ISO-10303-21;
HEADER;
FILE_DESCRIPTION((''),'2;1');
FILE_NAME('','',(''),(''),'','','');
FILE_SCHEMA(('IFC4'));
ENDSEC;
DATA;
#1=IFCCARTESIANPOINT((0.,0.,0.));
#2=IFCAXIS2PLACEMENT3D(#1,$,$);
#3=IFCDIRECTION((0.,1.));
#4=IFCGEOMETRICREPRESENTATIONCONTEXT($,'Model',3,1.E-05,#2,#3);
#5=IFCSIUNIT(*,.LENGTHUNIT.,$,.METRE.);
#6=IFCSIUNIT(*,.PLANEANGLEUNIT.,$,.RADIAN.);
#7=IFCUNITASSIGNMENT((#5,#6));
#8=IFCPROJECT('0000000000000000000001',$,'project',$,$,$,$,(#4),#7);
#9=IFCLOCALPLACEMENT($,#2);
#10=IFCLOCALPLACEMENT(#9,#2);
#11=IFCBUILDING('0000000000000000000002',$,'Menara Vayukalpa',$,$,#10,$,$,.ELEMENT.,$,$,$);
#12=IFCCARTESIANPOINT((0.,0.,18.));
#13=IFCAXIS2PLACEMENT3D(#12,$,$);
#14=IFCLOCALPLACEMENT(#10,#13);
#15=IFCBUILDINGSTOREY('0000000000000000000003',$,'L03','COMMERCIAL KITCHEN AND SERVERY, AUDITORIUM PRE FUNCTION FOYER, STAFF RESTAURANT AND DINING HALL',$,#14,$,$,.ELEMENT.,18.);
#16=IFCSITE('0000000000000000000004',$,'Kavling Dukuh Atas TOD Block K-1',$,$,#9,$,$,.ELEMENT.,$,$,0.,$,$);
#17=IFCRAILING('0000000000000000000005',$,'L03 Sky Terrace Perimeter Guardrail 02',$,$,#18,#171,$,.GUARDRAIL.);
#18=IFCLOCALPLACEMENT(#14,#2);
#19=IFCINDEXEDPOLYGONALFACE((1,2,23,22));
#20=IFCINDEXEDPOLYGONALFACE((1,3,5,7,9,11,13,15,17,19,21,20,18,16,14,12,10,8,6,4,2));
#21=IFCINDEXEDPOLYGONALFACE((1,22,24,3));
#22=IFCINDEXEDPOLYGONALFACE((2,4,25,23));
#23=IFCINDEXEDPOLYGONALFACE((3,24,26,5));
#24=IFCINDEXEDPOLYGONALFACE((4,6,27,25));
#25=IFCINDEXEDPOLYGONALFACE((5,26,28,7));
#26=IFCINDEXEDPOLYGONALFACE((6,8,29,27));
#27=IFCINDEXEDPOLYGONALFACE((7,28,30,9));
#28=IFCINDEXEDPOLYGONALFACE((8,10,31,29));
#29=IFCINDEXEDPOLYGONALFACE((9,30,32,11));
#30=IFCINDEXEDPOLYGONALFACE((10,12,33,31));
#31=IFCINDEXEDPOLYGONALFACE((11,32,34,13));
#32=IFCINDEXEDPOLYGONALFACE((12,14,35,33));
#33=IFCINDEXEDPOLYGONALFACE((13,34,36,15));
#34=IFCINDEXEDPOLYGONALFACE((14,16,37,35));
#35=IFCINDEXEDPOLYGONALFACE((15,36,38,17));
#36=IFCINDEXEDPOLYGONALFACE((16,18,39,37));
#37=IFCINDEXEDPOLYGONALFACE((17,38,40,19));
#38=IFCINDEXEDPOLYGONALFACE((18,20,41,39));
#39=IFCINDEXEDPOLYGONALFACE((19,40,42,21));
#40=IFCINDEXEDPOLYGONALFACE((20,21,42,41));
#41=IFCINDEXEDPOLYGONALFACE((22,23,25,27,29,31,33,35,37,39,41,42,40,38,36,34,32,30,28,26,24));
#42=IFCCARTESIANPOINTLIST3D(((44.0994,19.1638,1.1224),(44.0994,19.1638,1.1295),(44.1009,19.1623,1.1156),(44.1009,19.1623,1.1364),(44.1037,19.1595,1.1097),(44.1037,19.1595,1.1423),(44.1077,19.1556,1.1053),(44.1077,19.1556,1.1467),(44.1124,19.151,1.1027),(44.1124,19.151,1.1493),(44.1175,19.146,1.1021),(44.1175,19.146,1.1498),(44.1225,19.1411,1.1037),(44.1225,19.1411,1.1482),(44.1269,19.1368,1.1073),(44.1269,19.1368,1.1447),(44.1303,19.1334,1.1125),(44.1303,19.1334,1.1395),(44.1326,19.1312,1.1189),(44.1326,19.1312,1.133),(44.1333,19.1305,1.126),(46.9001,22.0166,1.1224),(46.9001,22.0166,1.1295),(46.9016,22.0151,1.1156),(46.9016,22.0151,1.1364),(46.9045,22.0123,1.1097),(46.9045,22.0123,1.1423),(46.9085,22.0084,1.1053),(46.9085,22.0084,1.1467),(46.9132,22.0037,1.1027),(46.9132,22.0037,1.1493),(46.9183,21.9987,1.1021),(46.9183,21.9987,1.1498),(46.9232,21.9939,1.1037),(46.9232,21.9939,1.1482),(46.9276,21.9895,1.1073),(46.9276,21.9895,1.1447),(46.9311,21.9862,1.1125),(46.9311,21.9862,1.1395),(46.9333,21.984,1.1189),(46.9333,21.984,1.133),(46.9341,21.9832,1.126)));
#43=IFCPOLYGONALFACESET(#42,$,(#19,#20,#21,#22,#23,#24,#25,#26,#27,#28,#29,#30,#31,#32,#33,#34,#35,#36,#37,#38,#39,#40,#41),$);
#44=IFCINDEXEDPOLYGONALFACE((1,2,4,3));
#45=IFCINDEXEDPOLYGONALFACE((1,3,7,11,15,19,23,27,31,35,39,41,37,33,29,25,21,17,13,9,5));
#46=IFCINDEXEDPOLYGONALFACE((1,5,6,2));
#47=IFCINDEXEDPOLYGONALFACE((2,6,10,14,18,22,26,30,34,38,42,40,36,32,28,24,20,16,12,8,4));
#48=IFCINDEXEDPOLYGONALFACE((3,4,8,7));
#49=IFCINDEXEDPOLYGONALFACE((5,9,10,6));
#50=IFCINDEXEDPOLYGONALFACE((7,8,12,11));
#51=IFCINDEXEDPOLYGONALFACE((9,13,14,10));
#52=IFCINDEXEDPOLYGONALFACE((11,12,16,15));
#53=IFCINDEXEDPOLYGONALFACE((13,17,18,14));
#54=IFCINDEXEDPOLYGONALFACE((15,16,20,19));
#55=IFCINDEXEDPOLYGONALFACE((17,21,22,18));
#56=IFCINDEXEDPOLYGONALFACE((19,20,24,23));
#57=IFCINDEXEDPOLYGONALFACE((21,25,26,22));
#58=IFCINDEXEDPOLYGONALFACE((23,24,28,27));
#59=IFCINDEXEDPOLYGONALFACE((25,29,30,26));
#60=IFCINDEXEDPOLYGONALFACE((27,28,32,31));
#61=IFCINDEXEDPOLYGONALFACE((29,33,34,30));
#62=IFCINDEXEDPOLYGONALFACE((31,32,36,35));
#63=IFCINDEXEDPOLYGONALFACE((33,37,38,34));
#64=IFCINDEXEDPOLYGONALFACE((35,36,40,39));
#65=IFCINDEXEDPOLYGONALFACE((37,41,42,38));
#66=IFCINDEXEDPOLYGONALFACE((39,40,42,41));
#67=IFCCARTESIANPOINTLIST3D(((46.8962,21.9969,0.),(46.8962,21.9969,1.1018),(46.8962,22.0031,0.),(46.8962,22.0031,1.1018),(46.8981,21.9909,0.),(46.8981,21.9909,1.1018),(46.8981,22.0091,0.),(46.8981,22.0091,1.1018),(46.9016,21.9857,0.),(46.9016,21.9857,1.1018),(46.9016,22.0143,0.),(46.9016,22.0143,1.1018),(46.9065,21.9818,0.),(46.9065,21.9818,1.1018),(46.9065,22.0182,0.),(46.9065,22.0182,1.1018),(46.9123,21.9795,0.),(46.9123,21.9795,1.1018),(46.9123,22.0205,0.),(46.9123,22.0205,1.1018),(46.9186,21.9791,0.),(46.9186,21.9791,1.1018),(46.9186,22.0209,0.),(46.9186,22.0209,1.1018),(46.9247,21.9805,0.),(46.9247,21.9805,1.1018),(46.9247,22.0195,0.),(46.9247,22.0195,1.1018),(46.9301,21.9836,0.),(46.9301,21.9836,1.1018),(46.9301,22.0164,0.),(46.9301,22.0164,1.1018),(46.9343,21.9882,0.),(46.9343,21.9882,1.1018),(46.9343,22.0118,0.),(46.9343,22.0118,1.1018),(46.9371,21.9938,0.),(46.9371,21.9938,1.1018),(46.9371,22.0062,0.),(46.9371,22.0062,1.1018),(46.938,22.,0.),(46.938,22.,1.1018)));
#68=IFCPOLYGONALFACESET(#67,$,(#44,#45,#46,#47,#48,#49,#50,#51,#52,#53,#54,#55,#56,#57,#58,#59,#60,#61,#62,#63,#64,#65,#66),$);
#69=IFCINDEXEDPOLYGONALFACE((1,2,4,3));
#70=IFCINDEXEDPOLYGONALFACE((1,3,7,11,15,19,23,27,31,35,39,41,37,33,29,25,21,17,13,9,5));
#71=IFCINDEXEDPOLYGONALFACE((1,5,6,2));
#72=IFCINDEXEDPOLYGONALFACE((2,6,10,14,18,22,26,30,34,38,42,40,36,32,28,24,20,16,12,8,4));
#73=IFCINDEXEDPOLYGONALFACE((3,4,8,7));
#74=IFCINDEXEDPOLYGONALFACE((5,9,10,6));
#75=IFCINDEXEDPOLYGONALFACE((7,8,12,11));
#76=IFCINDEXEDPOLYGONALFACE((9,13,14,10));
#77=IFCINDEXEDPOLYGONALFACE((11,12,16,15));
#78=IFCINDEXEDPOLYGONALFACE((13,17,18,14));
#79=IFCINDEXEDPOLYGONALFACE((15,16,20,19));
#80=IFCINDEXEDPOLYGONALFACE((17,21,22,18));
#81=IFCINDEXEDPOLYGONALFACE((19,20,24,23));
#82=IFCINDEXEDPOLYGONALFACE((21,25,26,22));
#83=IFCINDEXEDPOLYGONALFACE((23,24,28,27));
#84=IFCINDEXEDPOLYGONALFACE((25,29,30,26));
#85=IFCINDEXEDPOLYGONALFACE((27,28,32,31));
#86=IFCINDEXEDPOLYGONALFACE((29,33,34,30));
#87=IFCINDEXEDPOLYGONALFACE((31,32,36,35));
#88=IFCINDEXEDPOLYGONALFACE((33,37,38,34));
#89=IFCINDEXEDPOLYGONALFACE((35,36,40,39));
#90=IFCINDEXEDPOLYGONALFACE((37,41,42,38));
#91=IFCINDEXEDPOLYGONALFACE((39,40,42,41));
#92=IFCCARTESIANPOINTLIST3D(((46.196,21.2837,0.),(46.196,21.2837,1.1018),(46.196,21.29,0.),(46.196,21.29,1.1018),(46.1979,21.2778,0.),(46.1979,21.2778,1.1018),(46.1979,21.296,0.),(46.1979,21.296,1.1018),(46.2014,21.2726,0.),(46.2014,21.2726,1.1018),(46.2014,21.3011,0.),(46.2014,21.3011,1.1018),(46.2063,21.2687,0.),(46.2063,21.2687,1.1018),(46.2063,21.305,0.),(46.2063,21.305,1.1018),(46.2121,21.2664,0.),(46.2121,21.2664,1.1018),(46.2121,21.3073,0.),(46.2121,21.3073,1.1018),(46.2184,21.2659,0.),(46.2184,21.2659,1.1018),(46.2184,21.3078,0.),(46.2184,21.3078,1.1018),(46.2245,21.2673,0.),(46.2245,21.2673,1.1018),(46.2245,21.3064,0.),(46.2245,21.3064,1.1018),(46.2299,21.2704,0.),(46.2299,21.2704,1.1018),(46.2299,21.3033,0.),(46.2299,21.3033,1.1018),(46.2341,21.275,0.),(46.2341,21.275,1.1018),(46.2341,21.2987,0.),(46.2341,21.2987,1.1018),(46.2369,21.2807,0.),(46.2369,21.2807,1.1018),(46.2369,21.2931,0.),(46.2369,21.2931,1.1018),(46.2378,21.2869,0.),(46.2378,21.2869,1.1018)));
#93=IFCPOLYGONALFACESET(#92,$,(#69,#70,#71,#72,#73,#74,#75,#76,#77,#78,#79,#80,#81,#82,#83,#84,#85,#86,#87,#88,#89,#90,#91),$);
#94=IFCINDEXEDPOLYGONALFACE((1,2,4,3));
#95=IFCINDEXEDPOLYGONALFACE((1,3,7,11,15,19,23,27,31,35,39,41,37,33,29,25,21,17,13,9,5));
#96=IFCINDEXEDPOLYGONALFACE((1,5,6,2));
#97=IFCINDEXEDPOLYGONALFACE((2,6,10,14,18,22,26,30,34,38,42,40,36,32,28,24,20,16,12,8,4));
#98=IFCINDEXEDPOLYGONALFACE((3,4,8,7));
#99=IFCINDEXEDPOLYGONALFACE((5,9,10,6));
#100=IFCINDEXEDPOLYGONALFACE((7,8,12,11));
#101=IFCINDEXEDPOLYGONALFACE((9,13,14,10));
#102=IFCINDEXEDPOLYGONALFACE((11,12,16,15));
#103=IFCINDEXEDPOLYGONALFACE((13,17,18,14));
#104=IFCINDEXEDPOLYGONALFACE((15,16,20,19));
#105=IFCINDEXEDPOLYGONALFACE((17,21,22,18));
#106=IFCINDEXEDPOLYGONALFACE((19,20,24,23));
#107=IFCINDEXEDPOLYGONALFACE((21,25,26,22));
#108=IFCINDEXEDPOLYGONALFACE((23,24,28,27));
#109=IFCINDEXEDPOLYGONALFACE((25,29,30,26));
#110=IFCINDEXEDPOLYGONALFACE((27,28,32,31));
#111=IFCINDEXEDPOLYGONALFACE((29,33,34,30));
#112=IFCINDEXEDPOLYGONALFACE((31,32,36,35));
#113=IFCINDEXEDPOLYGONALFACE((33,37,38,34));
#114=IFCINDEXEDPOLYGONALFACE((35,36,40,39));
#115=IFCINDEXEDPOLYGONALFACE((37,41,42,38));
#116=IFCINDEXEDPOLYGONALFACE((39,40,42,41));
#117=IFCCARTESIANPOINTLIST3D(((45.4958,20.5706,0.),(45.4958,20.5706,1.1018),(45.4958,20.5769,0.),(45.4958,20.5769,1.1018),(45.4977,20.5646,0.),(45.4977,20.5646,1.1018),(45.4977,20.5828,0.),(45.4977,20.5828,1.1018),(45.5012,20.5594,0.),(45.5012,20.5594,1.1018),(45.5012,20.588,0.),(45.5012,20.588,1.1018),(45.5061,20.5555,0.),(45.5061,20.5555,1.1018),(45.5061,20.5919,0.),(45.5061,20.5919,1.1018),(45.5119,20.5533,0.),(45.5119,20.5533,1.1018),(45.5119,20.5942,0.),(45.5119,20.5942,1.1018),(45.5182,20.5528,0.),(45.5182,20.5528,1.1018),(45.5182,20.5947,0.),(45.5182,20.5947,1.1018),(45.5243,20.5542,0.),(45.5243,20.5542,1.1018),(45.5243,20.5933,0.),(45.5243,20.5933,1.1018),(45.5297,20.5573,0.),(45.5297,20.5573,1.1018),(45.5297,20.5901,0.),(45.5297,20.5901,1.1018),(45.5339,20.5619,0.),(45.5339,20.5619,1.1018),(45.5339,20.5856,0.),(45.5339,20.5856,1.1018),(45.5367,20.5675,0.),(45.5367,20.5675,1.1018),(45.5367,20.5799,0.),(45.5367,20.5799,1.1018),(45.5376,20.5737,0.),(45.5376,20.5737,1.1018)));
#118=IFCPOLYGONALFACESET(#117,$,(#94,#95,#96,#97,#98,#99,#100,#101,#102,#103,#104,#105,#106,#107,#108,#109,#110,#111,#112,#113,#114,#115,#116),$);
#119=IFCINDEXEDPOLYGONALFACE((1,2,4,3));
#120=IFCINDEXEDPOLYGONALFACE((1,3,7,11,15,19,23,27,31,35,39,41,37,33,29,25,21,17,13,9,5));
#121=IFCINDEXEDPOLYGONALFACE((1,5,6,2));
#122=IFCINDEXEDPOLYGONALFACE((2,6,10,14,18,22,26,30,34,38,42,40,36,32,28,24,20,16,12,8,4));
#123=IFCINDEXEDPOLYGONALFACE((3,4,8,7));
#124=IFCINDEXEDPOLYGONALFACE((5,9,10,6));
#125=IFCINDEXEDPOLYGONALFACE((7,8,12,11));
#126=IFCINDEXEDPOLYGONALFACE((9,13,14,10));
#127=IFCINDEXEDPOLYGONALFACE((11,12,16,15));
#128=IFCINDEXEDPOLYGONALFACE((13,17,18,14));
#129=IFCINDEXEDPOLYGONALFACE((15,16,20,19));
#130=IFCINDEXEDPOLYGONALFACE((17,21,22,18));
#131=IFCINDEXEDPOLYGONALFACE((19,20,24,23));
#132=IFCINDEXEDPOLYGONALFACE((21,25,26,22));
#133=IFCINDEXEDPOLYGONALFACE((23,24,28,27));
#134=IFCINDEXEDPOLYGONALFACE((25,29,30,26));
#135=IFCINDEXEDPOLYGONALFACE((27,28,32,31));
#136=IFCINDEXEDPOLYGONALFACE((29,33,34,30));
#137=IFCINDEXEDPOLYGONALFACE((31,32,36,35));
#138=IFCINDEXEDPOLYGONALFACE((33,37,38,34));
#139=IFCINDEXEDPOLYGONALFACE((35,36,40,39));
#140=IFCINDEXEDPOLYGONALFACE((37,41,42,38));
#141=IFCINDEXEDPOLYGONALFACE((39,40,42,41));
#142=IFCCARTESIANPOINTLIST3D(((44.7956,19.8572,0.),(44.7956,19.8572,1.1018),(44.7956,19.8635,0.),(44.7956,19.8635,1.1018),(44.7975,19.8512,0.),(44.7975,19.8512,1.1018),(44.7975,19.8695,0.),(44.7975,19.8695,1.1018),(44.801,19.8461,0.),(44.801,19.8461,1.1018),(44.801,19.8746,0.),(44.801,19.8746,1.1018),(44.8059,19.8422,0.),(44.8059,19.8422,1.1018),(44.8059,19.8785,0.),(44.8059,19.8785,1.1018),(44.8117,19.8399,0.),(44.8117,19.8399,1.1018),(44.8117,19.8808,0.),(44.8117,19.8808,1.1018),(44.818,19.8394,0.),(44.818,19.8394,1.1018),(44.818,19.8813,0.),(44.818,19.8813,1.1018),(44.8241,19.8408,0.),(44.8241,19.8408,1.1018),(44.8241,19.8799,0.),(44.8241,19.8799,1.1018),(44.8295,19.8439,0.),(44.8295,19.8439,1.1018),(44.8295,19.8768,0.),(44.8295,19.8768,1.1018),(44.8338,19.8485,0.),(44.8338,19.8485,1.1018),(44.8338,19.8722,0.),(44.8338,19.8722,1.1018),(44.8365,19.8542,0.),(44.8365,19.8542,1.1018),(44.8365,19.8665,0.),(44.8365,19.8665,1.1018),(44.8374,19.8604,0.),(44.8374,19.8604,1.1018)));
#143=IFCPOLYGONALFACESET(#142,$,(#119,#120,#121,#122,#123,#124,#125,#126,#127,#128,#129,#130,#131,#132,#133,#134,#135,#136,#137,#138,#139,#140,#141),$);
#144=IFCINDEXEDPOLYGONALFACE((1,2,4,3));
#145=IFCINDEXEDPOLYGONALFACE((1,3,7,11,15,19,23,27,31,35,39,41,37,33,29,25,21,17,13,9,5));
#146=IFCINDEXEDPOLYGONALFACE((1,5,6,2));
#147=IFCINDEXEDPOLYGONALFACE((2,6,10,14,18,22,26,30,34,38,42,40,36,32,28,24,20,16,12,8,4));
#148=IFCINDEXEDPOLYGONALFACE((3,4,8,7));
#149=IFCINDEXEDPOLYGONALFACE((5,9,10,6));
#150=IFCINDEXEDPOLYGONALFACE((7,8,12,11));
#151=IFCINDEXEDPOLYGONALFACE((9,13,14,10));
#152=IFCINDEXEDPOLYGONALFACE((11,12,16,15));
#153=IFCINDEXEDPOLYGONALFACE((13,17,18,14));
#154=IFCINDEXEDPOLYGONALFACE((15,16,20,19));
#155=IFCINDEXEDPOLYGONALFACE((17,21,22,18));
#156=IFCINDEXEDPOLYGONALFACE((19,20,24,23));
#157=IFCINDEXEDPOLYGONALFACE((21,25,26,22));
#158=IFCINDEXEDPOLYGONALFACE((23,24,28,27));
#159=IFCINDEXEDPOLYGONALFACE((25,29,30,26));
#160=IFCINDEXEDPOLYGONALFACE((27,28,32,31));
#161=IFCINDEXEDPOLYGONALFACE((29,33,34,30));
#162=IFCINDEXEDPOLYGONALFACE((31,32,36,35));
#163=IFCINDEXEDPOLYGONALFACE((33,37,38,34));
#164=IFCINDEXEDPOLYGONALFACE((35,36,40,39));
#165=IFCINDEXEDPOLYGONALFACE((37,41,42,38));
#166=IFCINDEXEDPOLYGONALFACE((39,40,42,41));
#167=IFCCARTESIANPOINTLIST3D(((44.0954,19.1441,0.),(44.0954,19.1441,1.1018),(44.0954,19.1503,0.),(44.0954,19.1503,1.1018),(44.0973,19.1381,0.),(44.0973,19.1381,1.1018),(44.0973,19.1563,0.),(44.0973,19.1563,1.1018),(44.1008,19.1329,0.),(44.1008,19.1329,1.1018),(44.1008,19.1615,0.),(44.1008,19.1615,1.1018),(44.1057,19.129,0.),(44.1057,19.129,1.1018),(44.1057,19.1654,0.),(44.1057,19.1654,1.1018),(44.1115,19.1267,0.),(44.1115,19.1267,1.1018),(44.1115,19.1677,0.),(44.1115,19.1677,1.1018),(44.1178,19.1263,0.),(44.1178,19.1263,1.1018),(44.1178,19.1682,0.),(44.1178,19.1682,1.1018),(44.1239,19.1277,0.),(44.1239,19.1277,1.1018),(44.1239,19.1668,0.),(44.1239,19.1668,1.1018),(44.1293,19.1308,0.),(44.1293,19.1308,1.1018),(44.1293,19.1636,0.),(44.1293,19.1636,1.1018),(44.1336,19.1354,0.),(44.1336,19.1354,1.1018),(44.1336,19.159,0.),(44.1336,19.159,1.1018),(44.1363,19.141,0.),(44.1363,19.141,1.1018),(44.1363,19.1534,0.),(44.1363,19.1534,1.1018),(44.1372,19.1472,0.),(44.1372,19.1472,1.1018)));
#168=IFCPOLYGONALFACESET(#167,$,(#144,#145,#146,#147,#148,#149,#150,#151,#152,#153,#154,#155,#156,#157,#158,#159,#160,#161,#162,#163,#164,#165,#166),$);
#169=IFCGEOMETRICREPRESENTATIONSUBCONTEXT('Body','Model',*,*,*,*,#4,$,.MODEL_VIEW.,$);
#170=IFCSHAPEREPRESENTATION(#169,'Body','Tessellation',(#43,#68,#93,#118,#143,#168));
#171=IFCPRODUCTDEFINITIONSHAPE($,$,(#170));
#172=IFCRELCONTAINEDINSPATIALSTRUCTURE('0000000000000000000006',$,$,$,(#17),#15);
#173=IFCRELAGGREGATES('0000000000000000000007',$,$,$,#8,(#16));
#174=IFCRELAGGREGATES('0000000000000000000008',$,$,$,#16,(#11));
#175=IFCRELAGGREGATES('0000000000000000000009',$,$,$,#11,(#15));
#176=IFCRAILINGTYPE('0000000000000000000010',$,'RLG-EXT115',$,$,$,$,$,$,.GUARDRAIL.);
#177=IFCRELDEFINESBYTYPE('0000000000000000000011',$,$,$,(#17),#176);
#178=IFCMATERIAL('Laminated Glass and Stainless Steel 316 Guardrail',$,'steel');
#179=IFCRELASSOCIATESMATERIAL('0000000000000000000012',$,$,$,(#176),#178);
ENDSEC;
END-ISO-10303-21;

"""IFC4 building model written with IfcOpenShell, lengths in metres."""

from ifc_helpers import new_model, si_unit, direction, frame, origin, origin_2d, place, context, subcontext, project, spatial, circle, extrude, material, type_object, element, save


model = new_model("IFC4")

# Units and contexts
model_context = context("Model", 3, precision=1e-05, world=origin(), true_north=direction((0.0, 1.0)))
body_context = subcontext(model_context, "Body", "Model", "MODEL_VIEW")
ifc_project = project(units=[si_unit("LENGTHUNIT", "METRE"), si_unit("PLANEANGLEUNIT", "RADIAN")], contexts=[model_context])

# Site, building, storey
site_placement = place(None, origin())
site = spatial("IfcSite", under=ifc_project, at=site_placement, Name="Kavling Dukuh Atas TOD Block K-1", CompositionType="ELEMENT", RefElevation=0.0)
building_placement = place(site_placement, origin())
building = spatial("IfcBuilding", under=site, at=building_placement, Name="Menara Vayukalpa", CompositionType="ELEMENT")
storey_placement = place(building_placement, frame((0.0, 0.0, 18.0)))
storey = spatial("IfcBuildingStorey", under=building, at=storey_placement, Name="L03", Description="COMMERCIAL KITCHEN AND SERVERY, AUDITORIUM PRE FUNCTION FOYER, STAFF RESTAURANT AND DINING HALL", CompositionType="ELEMENT", Elevation=18.0)

# Railing
ifc_material_1 = material(Name="Laminated Glass and Stainless Steel 316 Guardrail", Category="steel")
railing_type = type_object("IfcRailingType", Name="RLG-EXT115", PredefinedType="GUARDRAIL", material=ifc_material_1)
railing_1_placement = place(storey_placement, frame((46.917, 22.0, 0.0)))
element("IfcRailing", 1, at=railing_1_placement, inside=storey, type_object=railing_type, Name="L03 Sky Terrace Perimeter Guardrail 02", PredefinedType="GUARDRAIL", context=body_context, shape_type="SweptSolid", body=[
    extrude(circle(Radius=0.0239, at=origin_2d()), frame((0.0, 0.0, 1.126), z_axis=(-0.700573, -0.713581, 0.0), x_axis=(0.713581, -0.700573, 0.0)), (0.0, 0.0, 1.0), 3.9978),
    extrude(circle(Radius=0.021, at=origin_2d()), origin(), (0.0, 0.0, 1.0), 1.1018),
    extrude(circle(Radius=0.021, at=origin_2d()), frame((-0.7002, -0.7131, 0.0)), (0.0, 0.0, 1.0), 1.1018),
    extrude(circle(Radius=0.021, at=origin_2d()), frame((-1.4004, -1.4263, 0.0)), (0.0, 0.0, 1.0), 1.1018),
    extrude(circle(Radius=0.021, at=origin_2d()), frame((-2.1006, -2.1396, 0.0)), (0.0, 0.0, 1.0), 1.1018),
    extrude(circle(Radius=0.021, at=origin_2d()), frame((-2.8008, -2.8528, 0.0)), (0.0, 0.0, 1.0), 1.1018),
])

save(model, "model.ifc")
